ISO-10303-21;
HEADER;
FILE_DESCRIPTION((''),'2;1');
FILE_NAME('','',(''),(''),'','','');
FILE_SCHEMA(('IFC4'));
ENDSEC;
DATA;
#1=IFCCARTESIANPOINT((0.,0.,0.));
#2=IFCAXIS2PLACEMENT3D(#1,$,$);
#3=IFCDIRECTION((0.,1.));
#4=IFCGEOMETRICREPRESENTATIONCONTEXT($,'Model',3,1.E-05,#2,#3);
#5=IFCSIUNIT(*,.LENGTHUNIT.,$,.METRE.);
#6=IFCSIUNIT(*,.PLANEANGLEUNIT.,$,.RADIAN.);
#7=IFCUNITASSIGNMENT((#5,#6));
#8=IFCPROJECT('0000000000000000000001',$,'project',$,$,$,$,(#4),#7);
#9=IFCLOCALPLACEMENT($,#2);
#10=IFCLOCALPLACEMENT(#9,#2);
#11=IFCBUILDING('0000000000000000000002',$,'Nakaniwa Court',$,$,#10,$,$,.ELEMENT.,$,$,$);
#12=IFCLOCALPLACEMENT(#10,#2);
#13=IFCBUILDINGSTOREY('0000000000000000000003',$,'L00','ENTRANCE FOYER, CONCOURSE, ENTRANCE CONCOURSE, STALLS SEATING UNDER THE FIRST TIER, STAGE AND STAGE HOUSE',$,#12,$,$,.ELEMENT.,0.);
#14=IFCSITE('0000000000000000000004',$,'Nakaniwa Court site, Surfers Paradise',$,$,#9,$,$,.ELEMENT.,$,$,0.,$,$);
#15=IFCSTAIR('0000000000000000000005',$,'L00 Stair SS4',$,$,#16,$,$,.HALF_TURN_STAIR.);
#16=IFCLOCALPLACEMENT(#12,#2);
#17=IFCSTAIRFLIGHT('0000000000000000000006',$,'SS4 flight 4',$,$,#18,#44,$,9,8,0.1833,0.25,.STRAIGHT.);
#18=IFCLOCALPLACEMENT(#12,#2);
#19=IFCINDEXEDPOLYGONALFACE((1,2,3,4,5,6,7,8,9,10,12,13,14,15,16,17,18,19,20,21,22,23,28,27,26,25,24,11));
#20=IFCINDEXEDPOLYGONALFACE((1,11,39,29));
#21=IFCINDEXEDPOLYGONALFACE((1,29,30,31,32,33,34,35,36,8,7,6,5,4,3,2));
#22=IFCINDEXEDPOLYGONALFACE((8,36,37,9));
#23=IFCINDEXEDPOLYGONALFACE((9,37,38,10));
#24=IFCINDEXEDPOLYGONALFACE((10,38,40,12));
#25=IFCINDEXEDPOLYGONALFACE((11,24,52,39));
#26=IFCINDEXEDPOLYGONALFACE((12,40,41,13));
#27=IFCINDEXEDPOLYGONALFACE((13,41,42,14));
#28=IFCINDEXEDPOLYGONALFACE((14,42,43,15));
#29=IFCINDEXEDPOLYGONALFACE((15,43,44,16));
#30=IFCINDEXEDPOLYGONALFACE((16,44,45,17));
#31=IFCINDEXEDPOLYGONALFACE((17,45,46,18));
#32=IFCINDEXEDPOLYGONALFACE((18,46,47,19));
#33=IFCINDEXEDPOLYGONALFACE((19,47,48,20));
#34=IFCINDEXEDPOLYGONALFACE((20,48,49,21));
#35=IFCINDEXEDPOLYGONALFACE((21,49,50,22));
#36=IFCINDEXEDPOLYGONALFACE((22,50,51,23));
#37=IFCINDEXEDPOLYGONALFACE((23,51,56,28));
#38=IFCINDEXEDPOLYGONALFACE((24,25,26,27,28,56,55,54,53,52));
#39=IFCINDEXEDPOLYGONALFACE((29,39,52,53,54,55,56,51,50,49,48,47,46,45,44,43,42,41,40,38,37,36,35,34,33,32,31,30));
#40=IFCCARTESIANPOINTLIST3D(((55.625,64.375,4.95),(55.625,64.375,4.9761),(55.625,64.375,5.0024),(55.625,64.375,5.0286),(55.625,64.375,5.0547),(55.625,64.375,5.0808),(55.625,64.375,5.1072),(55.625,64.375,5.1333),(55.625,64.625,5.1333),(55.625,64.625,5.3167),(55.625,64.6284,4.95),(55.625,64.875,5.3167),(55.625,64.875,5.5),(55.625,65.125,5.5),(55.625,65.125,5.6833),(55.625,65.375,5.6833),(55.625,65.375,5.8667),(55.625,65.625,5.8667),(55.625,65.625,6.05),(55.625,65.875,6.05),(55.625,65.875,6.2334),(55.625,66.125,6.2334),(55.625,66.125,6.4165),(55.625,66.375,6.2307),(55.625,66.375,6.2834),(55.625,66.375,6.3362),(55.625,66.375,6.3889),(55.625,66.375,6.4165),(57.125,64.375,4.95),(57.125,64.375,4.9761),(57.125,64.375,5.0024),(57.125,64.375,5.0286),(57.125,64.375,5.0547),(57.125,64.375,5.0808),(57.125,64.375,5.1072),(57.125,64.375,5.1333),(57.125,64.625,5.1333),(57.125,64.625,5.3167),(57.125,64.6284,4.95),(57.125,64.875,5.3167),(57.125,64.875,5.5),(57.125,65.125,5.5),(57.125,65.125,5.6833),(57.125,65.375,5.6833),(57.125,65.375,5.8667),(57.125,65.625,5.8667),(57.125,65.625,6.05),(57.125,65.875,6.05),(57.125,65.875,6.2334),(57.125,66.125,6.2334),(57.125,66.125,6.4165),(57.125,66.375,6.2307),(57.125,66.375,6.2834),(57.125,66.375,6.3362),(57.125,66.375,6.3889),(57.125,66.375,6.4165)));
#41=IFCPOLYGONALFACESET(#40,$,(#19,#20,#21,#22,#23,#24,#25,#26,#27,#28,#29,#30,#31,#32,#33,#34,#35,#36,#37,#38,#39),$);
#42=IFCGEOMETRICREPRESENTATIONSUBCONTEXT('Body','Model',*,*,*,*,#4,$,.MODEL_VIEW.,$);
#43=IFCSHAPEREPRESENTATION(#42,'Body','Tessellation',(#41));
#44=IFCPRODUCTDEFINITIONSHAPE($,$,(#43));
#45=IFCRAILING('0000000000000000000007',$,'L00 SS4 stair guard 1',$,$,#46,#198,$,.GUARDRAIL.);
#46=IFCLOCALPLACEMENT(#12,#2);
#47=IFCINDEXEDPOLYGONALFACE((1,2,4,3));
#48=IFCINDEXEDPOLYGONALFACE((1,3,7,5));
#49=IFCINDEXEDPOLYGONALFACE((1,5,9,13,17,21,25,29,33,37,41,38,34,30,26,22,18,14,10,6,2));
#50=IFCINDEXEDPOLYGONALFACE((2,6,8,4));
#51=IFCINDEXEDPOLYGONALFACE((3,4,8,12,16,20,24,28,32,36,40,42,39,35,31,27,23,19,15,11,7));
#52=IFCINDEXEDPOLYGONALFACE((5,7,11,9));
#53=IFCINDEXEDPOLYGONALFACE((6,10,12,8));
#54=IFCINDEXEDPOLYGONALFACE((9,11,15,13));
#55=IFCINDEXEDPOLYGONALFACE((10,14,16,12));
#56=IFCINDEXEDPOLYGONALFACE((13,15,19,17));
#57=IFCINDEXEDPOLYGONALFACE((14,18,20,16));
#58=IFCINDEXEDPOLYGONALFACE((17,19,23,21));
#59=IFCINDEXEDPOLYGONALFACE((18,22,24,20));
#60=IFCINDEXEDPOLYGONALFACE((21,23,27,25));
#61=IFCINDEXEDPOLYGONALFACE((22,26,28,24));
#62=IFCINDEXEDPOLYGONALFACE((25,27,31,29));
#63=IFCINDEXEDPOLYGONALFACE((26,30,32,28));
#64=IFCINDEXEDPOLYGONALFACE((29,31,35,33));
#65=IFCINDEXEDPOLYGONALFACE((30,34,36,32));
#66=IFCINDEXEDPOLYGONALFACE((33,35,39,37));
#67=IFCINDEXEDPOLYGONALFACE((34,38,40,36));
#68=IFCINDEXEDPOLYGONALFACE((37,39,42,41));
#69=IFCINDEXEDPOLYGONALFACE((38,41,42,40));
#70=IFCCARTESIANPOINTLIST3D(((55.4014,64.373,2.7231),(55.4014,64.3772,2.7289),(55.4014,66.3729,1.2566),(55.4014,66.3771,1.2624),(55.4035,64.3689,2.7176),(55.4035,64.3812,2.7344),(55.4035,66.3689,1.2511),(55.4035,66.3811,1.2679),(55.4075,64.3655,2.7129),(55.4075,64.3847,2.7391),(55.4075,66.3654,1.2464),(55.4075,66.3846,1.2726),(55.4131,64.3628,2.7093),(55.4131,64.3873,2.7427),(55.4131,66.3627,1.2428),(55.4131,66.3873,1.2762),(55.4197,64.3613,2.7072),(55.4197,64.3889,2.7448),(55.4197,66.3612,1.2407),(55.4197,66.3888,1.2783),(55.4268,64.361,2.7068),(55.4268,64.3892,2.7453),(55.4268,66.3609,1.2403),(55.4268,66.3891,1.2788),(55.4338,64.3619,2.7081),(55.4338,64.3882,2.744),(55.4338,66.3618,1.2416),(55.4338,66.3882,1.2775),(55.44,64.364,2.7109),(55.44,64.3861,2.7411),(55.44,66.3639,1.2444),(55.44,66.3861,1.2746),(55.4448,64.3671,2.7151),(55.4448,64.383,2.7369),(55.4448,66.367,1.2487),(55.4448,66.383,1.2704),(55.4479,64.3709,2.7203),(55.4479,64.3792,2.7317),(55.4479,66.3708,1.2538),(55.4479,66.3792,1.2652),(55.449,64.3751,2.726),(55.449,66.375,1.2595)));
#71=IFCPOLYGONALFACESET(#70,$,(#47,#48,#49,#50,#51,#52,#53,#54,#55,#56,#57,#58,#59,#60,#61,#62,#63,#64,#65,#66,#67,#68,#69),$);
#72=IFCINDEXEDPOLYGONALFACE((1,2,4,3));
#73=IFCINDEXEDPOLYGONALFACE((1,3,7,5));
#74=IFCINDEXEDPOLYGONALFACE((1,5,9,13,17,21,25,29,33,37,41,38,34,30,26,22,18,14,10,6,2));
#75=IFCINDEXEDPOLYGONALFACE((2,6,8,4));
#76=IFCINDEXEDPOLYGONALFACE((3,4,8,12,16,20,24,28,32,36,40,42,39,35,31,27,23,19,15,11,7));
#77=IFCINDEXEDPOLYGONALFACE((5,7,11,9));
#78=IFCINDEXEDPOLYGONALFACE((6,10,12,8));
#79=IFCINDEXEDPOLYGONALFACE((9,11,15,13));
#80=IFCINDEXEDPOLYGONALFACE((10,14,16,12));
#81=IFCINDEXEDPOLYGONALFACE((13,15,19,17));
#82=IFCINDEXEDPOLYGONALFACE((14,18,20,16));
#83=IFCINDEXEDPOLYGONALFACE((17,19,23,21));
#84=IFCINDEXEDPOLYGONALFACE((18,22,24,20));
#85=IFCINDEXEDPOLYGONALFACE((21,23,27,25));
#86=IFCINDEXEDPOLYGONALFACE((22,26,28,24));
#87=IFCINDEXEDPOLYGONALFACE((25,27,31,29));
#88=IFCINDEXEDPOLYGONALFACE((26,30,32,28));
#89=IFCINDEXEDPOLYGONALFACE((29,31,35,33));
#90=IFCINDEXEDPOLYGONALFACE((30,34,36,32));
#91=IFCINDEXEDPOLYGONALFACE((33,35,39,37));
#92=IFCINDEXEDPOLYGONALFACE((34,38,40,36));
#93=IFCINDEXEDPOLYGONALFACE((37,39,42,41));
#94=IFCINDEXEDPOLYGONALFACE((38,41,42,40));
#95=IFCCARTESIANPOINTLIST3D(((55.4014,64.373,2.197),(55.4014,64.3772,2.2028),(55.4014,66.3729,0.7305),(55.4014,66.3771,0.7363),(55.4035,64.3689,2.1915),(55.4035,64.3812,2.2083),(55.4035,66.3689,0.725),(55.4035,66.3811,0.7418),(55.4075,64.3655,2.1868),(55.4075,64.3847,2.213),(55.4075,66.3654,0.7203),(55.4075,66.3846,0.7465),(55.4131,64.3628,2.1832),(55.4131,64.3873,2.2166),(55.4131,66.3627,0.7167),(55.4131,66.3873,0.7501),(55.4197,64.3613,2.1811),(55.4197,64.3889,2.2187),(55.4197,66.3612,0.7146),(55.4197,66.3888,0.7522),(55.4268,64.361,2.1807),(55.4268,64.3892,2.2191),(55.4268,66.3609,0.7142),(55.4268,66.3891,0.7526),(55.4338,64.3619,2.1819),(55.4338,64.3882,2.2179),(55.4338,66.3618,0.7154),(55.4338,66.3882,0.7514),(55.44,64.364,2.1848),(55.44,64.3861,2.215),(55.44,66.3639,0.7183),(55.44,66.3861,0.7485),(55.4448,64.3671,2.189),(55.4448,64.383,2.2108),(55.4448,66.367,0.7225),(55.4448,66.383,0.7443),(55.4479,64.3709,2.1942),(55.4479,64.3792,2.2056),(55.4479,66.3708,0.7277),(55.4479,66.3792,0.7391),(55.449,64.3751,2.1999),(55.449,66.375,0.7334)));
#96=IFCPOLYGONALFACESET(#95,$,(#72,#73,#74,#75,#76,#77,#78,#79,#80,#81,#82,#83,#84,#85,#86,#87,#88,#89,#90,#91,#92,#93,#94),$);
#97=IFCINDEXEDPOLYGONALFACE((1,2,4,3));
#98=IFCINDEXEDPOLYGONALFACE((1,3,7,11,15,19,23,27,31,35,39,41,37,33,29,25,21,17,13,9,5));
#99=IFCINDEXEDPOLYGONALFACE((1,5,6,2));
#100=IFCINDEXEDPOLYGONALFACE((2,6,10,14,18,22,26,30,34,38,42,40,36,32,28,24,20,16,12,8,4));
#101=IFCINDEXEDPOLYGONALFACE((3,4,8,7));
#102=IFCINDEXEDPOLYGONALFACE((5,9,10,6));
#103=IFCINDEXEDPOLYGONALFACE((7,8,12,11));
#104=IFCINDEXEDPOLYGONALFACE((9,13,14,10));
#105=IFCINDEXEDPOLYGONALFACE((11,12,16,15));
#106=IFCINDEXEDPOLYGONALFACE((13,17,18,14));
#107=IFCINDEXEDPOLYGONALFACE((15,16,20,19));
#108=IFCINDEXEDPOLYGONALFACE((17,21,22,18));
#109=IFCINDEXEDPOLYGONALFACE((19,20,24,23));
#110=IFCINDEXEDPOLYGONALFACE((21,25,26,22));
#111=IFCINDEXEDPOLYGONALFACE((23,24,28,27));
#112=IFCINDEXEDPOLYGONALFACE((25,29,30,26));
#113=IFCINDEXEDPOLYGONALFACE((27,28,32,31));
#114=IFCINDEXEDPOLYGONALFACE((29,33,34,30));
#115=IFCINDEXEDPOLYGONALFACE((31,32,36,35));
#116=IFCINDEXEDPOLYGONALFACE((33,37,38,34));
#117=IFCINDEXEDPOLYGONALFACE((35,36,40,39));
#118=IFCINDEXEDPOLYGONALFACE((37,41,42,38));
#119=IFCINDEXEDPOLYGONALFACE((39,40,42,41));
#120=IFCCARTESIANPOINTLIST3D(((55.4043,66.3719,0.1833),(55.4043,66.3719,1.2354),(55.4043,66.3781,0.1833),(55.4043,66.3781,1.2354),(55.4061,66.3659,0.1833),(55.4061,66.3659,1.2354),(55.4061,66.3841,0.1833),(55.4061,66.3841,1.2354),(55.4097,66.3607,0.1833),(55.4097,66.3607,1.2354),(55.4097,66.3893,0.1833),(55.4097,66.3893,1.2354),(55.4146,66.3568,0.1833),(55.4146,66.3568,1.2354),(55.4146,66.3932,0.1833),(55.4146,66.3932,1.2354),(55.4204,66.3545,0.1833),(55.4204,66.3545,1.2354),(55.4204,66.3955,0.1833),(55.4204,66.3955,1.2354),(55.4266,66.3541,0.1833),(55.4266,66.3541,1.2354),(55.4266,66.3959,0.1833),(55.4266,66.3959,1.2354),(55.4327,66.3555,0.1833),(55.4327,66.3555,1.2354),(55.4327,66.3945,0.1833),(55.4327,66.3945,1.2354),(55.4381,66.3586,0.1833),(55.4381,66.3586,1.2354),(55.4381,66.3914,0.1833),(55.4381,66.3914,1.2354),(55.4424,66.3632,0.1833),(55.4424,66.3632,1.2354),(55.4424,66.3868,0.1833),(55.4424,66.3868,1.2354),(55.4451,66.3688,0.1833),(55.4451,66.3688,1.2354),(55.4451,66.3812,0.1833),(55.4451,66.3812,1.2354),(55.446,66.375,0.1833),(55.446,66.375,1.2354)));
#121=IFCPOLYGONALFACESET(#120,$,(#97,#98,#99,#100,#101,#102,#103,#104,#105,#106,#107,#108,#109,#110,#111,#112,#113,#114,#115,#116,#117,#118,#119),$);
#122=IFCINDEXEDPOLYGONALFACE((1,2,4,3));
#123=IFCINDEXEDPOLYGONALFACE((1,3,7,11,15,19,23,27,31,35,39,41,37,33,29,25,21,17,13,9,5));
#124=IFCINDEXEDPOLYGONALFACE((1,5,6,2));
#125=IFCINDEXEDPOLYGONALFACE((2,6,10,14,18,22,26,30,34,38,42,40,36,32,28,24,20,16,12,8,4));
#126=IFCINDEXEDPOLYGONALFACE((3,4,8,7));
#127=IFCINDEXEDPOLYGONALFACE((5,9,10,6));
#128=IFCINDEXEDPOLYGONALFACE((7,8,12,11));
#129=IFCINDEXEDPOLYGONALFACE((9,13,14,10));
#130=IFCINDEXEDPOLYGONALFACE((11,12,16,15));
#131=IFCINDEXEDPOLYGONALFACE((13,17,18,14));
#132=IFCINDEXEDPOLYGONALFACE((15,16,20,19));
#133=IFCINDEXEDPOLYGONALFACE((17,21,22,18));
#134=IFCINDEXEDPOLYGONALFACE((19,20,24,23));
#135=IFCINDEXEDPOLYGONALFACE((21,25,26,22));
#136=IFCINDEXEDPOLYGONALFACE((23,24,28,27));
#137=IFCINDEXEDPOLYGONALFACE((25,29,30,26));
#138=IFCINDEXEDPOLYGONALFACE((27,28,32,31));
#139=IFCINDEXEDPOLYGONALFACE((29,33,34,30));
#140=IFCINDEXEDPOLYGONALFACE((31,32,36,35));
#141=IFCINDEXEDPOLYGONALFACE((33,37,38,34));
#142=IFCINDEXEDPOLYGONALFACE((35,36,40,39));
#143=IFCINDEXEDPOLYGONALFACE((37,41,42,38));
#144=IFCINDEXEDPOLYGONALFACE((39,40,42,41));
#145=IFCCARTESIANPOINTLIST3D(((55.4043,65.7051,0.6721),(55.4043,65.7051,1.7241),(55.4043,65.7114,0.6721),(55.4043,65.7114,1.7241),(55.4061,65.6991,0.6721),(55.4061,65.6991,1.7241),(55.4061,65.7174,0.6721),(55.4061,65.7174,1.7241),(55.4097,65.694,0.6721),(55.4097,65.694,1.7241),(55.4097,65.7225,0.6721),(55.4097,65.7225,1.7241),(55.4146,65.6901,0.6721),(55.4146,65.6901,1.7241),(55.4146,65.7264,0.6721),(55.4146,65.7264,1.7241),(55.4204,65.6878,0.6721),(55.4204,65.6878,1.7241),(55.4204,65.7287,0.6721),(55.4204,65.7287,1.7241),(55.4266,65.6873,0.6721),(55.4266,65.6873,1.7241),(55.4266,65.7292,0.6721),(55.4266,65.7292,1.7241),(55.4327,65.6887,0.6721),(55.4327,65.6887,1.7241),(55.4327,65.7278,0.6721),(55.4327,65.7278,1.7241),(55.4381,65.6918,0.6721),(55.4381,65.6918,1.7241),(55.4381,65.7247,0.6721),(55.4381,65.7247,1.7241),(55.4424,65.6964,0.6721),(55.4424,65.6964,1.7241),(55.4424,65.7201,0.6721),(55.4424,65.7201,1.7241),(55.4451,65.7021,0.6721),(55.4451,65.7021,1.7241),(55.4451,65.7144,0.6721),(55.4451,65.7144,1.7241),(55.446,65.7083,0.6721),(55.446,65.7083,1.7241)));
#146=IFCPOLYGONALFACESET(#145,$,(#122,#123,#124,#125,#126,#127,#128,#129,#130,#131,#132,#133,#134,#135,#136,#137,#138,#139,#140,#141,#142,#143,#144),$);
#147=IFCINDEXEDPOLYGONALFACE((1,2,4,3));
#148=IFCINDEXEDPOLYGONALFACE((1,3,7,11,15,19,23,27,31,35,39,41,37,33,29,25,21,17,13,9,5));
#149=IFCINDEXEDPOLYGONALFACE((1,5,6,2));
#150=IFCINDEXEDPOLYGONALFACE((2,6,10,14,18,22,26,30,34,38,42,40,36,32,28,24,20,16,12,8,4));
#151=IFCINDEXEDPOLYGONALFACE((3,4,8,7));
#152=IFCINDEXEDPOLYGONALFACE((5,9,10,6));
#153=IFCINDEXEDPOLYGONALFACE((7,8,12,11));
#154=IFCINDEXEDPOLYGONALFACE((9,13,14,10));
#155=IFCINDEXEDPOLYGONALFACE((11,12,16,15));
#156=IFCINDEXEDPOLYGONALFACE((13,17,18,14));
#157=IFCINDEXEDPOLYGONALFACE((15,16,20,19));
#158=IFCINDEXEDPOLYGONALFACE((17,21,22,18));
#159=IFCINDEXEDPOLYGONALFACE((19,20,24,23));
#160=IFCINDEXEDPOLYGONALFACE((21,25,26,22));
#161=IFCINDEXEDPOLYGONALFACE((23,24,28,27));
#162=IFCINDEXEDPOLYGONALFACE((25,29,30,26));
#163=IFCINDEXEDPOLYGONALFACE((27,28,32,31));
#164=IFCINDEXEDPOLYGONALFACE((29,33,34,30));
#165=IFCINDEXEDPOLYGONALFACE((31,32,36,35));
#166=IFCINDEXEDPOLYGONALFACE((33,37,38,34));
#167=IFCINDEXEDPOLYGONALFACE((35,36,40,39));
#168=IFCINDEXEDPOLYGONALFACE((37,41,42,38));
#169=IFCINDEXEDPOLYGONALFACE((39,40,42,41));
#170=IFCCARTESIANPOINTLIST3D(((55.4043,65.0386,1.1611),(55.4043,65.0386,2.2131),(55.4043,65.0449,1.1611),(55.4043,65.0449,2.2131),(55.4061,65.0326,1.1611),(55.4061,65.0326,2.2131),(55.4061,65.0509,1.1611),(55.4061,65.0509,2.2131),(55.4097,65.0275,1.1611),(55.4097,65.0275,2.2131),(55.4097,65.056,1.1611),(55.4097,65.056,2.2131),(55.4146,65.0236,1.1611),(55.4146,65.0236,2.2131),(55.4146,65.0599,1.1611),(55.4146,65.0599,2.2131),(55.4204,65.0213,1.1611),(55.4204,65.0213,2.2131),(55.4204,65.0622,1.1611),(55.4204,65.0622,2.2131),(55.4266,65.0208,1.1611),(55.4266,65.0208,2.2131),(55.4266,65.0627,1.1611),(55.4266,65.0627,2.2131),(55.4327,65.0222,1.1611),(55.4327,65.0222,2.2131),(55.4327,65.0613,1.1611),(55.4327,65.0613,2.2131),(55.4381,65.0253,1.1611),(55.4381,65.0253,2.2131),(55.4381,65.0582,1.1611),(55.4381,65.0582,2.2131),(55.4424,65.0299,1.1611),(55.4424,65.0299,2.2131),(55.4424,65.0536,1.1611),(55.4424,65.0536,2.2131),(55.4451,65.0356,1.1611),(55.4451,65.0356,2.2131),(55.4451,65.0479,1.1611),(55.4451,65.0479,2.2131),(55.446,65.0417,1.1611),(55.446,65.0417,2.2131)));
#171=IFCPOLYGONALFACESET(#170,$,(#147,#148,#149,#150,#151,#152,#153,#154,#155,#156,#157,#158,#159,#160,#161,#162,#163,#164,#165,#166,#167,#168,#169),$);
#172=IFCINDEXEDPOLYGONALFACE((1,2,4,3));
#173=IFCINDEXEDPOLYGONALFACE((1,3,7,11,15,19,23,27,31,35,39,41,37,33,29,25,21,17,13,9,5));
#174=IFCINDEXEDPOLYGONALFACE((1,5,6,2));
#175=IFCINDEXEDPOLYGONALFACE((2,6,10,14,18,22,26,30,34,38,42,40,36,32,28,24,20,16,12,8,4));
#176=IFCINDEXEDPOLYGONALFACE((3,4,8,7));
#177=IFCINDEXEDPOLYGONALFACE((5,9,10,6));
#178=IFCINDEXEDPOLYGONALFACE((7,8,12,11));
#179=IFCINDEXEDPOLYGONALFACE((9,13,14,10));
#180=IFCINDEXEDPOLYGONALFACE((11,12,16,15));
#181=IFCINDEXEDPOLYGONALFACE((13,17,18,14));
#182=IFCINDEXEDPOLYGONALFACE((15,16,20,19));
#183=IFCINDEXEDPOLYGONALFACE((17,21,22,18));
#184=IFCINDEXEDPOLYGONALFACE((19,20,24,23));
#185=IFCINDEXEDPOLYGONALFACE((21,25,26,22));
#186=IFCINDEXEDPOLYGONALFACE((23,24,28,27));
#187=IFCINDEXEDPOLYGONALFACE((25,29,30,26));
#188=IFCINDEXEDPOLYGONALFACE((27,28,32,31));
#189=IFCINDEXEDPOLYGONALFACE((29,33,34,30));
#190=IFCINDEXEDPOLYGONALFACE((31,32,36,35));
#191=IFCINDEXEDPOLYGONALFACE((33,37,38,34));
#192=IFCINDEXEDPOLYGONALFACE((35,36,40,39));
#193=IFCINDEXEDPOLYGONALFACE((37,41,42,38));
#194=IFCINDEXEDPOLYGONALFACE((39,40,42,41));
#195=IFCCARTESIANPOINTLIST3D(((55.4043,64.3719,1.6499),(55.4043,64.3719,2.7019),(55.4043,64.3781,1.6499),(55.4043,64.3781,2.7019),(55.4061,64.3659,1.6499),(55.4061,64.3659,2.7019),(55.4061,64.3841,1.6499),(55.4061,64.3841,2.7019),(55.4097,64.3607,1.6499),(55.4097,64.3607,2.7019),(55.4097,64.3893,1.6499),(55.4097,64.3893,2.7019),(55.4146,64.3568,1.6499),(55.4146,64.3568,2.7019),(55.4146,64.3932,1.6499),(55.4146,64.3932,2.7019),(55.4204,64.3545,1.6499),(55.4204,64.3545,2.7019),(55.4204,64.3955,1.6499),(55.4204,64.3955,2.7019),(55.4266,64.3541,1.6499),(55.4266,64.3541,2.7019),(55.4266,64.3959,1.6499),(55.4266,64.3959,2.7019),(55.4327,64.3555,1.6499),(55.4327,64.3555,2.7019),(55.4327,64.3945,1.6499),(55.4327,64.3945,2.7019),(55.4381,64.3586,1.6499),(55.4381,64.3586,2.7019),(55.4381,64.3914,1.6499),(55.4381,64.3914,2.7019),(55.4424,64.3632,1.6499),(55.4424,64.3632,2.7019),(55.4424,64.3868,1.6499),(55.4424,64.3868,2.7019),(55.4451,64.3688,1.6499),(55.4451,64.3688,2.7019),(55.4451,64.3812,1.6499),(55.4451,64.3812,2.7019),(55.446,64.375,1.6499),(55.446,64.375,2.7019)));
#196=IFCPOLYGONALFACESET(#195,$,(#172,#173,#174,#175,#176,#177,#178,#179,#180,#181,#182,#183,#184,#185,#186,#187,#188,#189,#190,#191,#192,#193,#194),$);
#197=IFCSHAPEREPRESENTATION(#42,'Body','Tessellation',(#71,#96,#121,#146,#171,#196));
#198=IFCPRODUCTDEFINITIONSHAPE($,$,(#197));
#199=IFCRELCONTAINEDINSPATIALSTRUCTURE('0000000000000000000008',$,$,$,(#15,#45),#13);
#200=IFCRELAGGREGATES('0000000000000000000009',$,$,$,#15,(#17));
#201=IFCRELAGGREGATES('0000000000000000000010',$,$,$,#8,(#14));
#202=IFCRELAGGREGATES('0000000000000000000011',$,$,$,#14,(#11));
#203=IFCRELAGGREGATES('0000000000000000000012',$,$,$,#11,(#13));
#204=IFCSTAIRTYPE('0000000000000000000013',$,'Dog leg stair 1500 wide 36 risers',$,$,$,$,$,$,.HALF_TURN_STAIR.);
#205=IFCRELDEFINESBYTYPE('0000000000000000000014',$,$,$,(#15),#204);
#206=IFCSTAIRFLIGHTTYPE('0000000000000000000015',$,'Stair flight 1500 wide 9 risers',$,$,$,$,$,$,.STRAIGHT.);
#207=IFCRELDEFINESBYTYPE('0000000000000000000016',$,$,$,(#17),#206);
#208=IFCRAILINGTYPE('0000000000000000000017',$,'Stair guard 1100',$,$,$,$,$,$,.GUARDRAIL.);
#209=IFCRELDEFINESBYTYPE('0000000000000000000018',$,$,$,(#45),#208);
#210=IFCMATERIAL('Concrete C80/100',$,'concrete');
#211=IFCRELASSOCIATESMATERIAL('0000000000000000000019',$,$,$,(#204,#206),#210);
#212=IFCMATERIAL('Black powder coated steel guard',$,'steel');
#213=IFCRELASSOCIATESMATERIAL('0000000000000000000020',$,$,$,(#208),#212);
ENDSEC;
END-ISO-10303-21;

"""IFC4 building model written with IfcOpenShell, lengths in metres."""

from ifc_helpers import new_model, si_unit, direction, frame, origin, origin_2d, place, context, subcontext, project, spatial, polyline, circle, outline, extrude, material, type_object, element, aggregate, save


model = new_model("IFC4")

# Units and contexts
model_context = context("Model", 3, precision=1e-05, world=origin(), true_north=direction((0.0, 1.0)))
body_context = subcontext(model_context, "Body", "Model", "MODEL_VIEW")
ifc_project = project(units=[si_unit("LENGTHUNIT", "METRE"), si_unit("PLANEANGLEUNIT", "RADIAN")], contexts=[model_context])

# Site, building, storey
site_placement = place(None, origin())
site = spatial("IfcSite", under=ifc_project, at=site_placement, Name="Nakaniwa Court site, Surfers Paradise", CompositionType="ELEMENT", RefElevation=0.0)
building_placement = place(site_placement, origin())
building = spatial("IfcBuilding", under=site, at=building_placement, Name="Nakaniwa Court", CompositionType="ELEMENT")
storey_placement = place(building_placement, origin())
storey = spatial("IfcBuildingStorey", under=building, at=storey_placement, Name="L00", Description="ENTRANCE FOYER, CONCOURSE, ENTRANCE CONCOURSE, STALLS SEATING UNDER THE FIRST TIER, STAGE AND STAGE HOUSE", CompositionType="ELEMENT", Elevation=0.0)

# Stair, stair flight
ifc_material_1 = material(Name="Concrete C80/100", Category="concrete")
stair_type = type_object("IfcStairType", Name="Dog leg stair 1500 wide 36 risers", PredefinedType="HALF_TURN_STAIR", material=ifc_material_1)
stair_placement = place(storey_placement, origin())
stair = element("IfcStair", 1, at=stair_placement, inside=storey, type_object=stair_type, Name="L00 Stair SS4", PredefinedType="HALF_TURN_STAIR")
stair_flight_type = type_object("IfcStairFlightType", Name="Stair flight 1500 wide 9 risers", PredefinedType="STRAIGHT", material=ifc_material_1)
stair_flight_1_placement = place(storey_placement, frame((56.375, 64.375, 4.95), z_axis=(0.0, 0.0, 1.0), x_axis=(0.0, 1.0, 0.0)))
stair_flight_1 = element("IfcStairFlight", 2, at=stair_flight_1_placement, type_object=stair_flight_type, Name="SS4 flight 4", NumberOfRisers=9, NumberOfTreads=8, PredefinedType="STRAIGHT", RiserHeight=0.1833, TreadLength=0.25, context=body_context, shape_type="SweptSolid", body=[
    extrude(outline(polyline([(0.0, 0.0), (0.0, 0.0261), (0.0, 0.0525), (0.0, 0.0786), (0.0, 0.1047), (0.0, 0.1309), (0.0, 0.1572), (0.0, 0.1833), (0.25, 0.1833), (0.25, 0.3667), (0.5, 0.3667), (0.5, 0.55), (0.75, 0.55), (0.75, 0.7334), (1.0, 0.7334), (1.0, 0.9167), (1.25, 0.9167), (1.25, 1.1001), (1.5, 1.1001), (1.5, 1.2834), (1.75, 1.2834), (1.75, 1.4666), (2.0, 1.4666), (2.0, 1.6499), (2.0, 1.5972), (2.0, 1.5444), (2.0, 1.4917), (2.0, 1.439), (2.0, 1.3862), (2.0, 1.3335), (2.0, 1.2808), (0.2534, 0.0), (0.0, 0.0)])), frame((0.0, 0.75, 0.0), z_axis=(0.0, -1.0, 0.0), x_axis=(1.0, 0.0, 0.0)), (0.0, 0.0, 1.0), 1.5),
])
aggregate(stair, [stair_flight_1])

# Railing
ifc_material_2 = material(Name="Black powder coated steel guard", Category="steel")
railing_type_1 = type_object("IfcRailingType", Name="Stair guard 1100", PredefinedType="GUARDRAIL", material=ifc_material_2)
railing_1_placement = place(storey_placement, frame((55.425, 66.375, 0.1833)))
element("IfcRailing", 3, at=railing_1_placement, inside=storey, type_object=railing_type_1, Name="L00 SS4 stair guard 1", PredefinedType="GUARDRAIL", context=body_context, shape_type="SweptSolid", body=[
    extrude(circle(Radius=0.0239, at=origin_2d()), frame((0.0, 0.0, 1.0762), z_axis=(0.0, -0.806427, 0.591334), x_axis=(1.0, 0.0, 0.0)), (0.0, 0.0, 1.0), 2.48),
    extrude(circle(Radius=0.0239, at=origin_2d()), frame((0.0, 0.0, 0.55), z_axis=(0.0, -0.806427, 0.591334), x_axis=(1.0, 0.0, 0.0)), (0.0, 0.0, 1.0), 2.48),
    extrude(circle(Radius=0.021, at=origin_2d()), origin(), (0.0, 0.0, 1.0), 1.052),
    extrude(circle(Radius=0.021, at=origin_2d()), frame((0.0, -0.6667, 0.4888)), (0.0, 0.0, 1.0), 1.052),
    extrude(circle(Radius=0.021, at=origin_2d()), frame((0.0, -1.3333, 0.9778)), (0.0, 0.0, 1.0), 1.052),
    extrude(circle(Radius=0.021, at=origin_2d()), frame((0.0, -2.0, 1.4666)), (0.0, 0.0, 1.0), 1.052),
])

save(model, "model.ifc")
